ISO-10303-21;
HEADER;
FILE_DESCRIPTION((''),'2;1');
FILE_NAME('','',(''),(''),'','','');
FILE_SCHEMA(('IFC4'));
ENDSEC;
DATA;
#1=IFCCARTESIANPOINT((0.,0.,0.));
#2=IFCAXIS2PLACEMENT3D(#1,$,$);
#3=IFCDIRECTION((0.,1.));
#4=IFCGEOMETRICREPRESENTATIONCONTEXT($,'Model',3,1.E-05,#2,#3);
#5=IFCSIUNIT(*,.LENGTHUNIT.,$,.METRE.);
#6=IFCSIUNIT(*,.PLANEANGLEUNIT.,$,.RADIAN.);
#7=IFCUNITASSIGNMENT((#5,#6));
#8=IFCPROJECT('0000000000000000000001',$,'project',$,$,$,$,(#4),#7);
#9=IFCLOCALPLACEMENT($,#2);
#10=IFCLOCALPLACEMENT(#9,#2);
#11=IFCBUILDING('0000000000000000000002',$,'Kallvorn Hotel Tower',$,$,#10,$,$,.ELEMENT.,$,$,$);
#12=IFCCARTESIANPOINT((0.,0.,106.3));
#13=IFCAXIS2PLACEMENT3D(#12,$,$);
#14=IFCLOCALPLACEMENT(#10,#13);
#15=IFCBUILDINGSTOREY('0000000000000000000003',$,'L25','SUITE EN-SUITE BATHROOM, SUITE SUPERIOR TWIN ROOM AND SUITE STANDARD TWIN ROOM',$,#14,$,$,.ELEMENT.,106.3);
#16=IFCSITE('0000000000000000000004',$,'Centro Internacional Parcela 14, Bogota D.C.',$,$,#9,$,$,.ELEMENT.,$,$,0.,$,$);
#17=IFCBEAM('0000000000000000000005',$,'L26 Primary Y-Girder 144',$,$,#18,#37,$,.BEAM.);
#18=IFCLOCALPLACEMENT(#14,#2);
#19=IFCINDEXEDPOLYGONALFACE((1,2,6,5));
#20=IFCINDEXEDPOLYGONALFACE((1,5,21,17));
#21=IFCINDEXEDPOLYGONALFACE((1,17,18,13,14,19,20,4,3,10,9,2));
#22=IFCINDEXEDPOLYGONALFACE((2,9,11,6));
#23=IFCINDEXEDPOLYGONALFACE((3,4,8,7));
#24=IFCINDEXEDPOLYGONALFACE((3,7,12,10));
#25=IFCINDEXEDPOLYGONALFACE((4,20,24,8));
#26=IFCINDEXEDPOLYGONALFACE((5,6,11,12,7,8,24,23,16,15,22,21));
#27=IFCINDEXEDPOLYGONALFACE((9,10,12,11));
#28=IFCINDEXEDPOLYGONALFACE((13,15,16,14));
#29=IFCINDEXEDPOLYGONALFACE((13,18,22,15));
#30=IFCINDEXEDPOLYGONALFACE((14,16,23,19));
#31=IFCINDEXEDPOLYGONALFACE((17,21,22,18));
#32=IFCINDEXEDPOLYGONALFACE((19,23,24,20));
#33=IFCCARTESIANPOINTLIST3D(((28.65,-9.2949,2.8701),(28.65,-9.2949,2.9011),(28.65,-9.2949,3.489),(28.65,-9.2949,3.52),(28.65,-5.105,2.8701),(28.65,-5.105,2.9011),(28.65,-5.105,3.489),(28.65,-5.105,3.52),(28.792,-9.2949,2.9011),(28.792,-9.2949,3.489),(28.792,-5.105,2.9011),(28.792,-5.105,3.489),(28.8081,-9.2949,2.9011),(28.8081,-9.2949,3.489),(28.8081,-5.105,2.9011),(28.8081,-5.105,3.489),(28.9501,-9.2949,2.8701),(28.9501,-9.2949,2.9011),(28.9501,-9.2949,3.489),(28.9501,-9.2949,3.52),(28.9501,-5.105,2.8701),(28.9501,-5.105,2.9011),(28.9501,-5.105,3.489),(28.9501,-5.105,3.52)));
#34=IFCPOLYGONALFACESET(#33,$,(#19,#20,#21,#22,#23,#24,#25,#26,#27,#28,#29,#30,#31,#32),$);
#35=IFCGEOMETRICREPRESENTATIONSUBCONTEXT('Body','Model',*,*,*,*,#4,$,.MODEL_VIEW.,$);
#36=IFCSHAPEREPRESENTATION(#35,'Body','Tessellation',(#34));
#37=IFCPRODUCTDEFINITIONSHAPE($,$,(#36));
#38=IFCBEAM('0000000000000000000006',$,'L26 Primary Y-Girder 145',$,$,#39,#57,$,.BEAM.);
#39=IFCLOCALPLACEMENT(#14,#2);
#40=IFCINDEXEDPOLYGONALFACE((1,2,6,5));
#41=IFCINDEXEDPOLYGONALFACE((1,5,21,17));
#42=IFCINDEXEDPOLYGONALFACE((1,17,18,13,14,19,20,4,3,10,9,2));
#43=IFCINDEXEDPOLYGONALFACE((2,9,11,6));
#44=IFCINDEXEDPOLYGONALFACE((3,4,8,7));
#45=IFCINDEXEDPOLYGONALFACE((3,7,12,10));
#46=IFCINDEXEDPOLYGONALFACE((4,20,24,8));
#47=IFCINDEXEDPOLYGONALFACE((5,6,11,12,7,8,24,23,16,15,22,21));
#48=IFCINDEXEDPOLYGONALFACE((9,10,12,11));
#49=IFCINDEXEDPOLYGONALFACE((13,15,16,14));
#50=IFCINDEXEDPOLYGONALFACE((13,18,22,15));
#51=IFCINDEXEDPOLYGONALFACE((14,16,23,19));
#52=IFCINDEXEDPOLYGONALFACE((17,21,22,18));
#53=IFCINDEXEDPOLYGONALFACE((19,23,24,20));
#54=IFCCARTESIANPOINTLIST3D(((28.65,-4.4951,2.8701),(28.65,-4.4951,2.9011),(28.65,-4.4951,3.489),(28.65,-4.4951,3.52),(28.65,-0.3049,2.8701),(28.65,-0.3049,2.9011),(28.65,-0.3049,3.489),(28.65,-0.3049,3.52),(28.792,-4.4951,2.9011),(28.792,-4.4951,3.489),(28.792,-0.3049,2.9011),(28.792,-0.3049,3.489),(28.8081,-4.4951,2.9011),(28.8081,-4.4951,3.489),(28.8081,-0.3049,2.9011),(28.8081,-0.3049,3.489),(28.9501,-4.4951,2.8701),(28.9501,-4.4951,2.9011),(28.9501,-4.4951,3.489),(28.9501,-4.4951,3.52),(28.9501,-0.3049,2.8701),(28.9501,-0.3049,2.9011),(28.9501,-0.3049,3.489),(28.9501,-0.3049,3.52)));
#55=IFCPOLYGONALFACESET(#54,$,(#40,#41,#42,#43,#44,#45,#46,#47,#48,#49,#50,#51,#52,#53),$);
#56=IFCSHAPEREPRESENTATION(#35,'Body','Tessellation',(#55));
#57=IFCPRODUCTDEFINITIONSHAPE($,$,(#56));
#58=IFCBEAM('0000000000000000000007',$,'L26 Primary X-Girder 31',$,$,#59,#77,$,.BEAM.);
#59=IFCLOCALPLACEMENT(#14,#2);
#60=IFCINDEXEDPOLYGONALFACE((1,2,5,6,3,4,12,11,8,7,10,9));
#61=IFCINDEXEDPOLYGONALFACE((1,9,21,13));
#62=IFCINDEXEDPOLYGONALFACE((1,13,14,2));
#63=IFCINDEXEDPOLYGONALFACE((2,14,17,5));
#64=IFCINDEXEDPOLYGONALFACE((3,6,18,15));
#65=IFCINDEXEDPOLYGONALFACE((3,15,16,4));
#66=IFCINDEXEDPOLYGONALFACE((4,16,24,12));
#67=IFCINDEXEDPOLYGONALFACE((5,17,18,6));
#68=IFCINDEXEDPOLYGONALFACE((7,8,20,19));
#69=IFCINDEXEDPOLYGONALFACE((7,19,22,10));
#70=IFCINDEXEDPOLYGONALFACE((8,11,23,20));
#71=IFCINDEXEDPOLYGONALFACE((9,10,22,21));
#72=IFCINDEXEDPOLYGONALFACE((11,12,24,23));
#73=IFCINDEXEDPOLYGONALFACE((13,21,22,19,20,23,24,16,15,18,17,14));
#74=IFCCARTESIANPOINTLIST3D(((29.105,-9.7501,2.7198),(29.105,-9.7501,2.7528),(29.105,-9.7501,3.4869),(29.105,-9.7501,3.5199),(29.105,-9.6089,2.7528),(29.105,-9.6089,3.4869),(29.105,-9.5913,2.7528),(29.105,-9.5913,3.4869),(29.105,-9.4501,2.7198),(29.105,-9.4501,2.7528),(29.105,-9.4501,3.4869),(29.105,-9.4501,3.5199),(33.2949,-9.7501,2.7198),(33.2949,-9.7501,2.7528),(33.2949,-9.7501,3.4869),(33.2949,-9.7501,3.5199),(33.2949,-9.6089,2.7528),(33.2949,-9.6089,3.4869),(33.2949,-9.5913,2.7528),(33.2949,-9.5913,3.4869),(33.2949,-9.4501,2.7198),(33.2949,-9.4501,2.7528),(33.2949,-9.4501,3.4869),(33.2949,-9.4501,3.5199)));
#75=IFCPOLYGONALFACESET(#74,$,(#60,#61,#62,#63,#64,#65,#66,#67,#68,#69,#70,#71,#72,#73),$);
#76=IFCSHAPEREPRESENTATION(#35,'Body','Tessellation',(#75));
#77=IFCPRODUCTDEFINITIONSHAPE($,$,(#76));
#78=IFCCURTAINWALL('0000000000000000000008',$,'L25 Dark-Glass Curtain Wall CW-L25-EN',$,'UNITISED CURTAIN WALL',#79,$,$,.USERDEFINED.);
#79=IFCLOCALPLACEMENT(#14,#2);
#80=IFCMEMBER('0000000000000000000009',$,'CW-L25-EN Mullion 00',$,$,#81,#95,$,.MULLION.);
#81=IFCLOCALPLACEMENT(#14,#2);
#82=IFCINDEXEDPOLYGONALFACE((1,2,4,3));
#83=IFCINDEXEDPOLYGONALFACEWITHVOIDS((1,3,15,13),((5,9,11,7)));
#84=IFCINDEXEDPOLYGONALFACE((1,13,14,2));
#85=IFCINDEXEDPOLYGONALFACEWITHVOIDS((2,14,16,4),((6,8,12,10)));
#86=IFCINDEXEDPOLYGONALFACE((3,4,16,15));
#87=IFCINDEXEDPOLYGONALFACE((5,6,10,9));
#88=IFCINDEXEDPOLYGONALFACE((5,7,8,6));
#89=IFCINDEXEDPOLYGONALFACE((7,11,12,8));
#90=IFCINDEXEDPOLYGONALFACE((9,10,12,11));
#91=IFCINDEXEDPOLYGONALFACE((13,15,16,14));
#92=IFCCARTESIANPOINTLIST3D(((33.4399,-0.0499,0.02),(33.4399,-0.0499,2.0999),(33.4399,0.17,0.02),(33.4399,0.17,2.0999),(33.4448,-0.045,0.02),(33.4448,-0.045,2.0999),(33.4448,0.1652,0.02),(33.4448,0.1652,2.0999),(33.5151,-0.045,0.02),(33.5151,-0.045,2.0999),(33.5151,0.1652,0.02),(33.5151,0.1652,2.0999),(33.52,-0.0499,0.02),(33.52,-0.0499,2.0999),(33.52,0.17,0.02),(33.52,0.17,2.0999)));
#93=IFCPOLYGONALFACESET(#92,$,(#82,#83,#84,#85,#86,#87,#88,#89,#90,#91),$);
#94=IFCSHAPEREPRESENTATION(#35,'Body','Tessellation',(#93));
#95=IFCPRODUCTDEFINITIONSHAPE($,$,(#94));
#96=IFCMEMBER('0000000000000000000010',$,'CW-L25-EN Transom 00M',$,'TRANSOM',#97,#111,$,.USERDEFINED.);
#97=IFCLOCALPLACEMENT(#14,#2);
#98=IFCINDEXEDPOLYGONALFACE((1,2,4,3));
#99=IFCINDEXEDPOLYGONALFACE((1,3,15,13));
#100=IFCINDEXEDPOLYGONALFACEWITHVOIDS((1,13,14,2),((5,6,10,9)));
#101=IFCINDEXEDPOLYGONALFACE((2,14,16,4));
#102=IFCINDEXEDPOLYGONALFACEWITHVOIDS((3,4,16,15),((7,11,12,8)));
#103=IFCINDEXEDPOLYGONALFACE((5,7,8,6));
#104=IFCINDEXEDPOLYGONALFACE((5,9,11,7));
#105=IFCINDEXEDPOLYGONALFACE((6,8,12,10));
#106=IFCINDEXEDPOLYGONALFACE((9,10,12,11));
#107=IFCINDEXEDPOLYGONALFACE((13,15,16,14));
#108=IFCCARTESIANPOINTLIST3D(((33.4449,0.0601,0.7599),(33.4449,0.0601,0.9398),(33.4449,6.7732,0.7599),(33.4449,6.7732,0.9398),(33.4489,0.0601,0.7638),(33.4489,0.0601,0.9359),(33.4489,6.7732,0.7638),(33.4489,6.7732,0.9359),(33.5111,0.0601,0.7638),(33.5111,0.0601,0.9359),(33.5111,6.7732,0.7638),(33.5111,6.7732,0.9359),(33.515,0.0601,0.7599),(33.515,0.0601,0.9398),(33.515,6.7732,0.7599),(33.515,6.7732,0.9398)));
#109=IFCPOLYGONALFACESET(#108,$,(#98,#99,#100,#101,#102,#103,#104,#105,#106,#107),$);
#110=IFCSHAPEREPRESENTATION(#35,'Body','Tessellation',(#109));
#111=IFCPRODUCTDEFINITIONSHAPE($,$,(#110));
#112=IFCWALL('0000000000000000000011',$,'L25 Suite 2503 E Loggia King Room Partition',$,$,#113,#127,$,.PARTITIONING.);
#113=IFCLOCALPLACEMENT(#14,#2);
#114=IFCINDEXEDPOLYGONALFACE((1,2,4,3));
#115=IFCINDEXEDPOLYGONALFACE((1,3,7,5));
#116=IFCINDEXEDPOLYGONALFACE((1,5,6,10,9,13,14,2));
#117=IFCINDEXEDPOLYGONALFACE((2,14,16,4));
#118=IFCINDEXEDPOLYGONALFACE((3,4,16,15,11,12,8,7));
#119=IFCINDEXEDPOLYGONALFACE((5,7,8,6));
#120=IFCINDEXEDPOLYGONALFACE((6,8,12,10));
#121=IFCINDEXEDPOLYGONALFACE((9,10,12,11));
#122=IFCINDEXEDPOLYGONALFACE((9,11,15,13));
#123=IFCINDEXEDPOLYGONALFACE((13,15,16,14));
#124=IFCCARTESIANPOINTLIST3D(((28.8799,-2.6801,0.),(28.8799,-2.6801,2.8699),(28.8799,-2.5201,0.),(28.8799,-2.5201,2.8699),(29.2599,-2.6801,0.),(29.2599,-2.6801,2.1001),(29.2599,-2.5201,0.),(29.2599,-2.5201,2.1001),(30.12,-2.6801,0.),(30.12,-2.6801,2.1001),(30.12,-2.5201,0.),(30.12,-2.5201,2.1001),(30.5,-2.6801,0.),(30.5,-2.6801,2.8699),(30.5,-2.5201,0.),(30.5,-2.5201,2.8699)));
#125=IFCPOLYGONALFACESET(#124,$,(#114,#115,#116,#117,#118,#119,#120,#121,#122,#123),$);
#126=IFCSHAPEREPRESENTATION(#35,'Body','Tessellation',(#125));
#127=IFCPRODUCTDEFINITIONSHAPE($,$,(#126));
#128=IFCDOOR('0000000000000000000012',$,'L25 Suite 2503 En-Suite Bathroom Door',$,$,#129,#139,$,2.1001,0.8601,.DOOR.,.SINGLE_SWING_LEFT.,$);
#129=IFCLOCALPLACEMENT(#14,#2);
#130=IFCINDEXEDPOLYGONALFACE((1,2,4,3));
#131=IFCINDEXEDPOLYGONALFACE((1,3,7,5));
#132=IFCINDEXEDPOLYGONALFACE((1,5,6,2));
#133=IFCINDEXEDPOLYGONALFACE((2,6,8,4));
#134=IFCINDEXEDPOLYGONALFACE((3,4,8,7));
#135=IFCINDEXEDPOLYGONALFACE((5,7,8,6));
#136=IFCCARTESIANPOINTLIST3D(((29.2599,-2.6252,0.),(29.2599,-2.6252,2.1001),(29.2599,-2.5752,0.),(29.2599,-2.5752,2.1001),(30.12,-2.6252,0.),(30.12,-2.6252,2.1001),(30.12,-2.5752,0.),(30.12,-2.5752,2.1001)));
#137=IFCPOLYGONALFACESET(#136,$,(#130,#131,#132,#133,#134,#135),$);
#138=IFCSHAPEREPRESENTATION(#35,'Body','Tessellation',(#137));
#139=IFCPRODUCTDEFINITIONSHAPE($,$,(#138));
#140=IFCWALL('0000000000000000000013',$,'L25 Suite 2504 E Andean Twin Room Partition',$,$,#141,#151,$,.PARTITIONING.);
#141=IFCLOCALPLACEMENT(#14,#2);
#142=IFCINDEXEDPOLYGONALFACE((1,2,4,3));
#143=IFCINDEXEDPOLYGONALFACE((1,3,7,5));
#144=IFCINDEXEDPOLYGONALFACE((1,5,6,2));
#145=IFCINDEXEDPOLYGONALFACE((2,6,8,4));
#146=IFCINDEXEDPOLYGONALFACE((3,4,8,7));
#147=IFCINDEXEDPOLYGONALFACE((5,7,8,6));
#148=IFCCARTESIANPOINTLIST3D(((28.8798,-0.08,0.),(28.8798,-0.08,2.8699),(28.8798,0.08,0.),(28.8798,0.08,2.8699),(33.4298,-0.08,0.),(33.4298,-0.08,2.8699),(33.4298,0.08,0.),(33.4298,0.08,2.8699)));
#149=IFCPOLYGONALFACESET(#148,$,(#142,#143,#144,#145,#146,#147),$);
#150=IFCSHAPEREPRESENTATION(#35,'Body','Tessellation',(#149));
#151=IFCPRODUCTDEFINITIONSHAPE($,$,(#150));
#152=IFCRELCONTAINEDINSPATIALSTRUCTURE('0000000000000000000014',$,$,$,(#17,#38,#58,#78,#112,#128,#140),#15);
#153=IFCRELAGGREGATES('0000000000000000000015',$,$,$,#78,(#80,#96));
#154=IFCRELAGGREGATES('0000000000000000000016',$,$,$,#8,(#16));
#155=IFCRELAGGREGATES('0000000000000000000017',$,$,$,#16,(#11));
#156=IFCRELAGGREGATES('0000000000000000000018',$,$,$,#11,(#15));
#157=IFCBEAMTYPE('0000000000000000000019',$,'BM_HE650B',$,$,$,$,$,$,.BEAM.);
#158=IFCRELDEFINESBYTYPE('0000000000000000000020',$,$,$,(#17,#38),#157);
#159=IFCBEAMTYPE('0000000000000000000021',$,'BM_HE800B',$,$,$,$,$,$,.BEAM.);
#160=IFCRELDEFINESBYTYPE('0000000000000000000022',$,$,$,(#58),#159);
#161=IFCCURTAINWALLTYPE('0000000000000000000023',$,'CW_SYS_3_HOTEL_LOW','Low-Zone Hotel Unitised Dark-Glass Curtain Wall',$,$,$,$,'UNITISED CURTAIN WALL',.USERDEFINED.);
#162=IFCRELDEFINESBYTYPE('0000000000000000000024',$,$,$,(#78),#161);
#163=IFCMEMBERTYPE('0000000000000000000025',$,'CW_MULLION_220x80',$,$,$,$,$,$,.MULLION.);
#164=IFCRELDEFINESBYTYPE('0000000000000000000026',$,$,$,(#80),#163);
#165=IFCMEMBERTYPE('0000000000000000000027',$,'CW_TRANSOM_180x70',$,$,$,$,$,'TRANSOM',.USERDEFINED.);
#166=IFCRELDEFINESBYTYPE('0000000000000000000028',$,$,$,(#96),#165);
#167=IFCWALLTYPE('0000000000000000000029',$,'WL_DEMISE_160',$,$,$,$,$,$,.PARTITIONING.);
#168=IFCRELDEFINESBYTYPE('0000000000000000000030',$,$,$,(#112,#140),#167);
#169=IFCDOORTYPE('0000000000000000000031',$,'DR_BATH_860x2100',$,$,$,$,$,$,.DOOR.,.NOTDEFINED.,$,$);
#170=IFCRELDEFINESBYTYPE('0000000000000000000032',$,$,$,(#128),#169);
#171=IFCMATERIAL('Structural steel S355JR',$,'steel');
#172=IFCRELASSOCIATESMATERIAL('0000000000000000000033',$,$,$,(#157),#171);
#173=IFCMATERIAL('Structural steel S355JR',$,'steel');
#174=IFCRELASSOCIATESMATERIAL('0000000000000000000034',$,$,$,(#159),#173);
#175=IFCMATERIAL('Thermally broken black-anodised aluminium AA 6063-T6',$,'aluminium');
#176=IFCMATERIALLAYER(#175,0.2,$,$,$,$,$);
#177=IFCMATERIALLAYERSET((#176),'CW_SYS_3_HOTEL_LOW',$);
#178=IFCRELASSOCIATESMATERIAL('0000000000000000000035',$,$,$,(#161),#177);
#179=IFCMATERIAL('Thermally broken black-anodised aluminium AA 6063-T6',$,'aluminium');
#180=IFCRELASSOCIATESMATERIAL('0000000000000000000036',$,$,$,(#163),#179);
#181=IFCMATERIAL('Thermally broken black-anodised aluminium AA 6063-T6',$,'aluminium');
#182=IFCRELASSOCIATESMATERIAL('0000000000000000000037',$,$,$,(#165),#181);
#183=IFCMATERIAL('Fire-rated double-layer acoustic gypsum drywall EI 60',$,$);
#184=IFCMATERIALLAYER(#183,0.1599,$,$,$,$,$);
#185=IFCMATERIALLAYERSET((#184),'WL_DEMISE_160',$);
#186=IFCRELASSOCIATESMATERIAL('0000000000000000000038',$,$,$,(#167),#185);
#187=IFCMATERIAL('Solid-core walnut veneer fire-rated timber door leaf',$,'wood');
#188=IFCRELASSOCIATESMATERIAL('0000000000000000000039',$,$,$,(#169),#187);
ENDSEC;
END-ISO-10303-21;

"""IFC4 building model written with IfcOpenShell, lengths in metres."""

from ifc_helpers import new_model, si_unit, direction, frame, frame_2d, origin, origin_2d, place, context, subcontext, project, spatial, rectangle, hollow_rectangle, i_section, extrude, material, layer, layer_set, material_profile, profile_set, type_object, element, fill, aggregate, save


model = new_model("IFC4")

# Units and contexts
model_context = context("Model", 3, precision=1e-05, world=origin(), true_north=direction((0.0, 1.0)))
body_context = subcontext(model_context, "Body", "Model", "MODEL_VIEW")
ifc_project = project(units=[si_unit("LENGTHUNIT", "METRE"), si_unit("PLANEANGLEUNIT", "RADIAN")], contexts=[model_context])

# Site, building, storey
site_placement = place(None, origin())
site = spatial("IfcSite", under=ifc_project, at=site_placement, Name="Centro Internacional Parcela 14, Bogota D.C.", CompositionType="ELEMENT", RefElevation=0.0)
building_placement = place(site_placement, origin())
building = spatial("IfcBuilding", under=site, at=building_placement, Name="Kallvorn Hotel Tower", CompositionType="ELEMENT")
storey_placement = place(building_placement, frame((0.0, 0.0, 106.3)))
storey = spatial("IfcBuildingStorey", under=building, at=storey_placement, Name="L25", Description="SUITE EN-SUITE BATHROOM, SUITE SUPERIOR TWIN ROOM AND SUITE STANDARD TWIN ROOM", CompositionType="ELEMENT", Elevation=106.3)

# Beams
ifc_material_1 = material(Name="Structural steel S355JR", Category="steel")
ifc_material_profile_1 = material_profile(ifc_material_1, i_section(OverallWidth=0.3, OverallDepth=0.6499, WebThickness=0.0161, FlangeThickness=0.031, at=origin_2d()), Name="HE 650 B")
ifc_profile_set_1 = profile_set([ifc_material_profile_1], Name="Structural steel S355JR")
beam_type_1 = type_object("IfcBeamType", Name="BM_HE650B", PredefinedType="BEAM", material=ifc_profile_set_1)
beam_1_placement = place(storey_placement, frame((28.8, -9.2949, 3.1951), z_axis=(0.0, 1.0, 0.0), x_axis=(-1.0, 0.0, 0.0)))
element("IfcBeam", 1, at=beam_1_placement, inside=storey, type_object=beam_type_1, Name="L26 Primary Y-Girder 144", PredefinedType="BEAM", context=body_context, shape_type="SweptSolid", body=[
    extrude(i_section(OverallWidth=0.3, OverallDepth=0.6499, WebThickness=0.0161, FlangeThickness=0.031, at=origin_2d()), origin(), (0.0, 0.0, 1.0), 4.1899),
])
beam_2_placement = place(storey_placement, frame((28.8, -4.4951, 3.1951), z_axis=(0.0, 1.0, 0.0), x_axis=(-1.0, 0.0, 0.0)))
element("IfcBeam", 2, at=beam_2_placement, inside=storey, type_object=beam_type_1, Name="L26 Primary Y-Girder 145", PredefinedType="BEAM", context=body_context, shape_type="SweptSolid", body=[
    extrude(i_section(OverallWidth=0.3, OverallDepth=0.6499, WebThickness=0.0161, FlangeThickness=0.031, at=origin_2d()), origin(), (0.0, 0.0, 1.0), 4.1902),
])
ifc_material_2 = material(Name="Structural steel S355JR", Category="steel")
ifc_material_profile_2 = material_profile(ifc_material_2, i_section(OverallWidth=0.3, OverallDepth=0.8, WebThickness=0.0176, FlangeThickness=0.033, at=origin_2d()), Name="HE 800 B")
ifc_profile_set_2 = profile_set([ifc_material_profile_2], Name="Structural steel S355JR")
beam_type_2 = type_object("IfcBeamType", Name="BM_HE800B", PredefinedType="BEAM", material=ifc_profile_set_2)
beam_3_placement = place(storey_placement, frame((29.105, -9.6001, 3.1199), z_axis=(1.0, 0.0, 0.0), x_axis=(0.0, 1.0, 0.0)))
element("IfcBeam", 3, at=beam_3_placement, inside=storey, type_object=beam_type_2, Name="L26 Primary X-Girder 31", PredefinedType="BEAM", context=body_context, shape_type="SweptSolid", body=[
    extrude(i_section(OverallWidth=0.3, OverallDepth=0.8, WebThickness=0.0176, FlangeThickness=0.033, at=origin_2d()), origin(), (0.0, 0.0, 1.0), 4.1899),
])

# Curtain wall, members
ifc_material_3 = material(Name="Thermally broken black-anodised aluminium AA 6063-T6", Category="aluminium")
ifc_layer_1 = layer(ifc_material_3, 0.2)
ifc_layer_set_1 = layer_set([ifc_layer_1], Name="CW_SYS_3_HOTEL_LOW")
curtain_wall_type = type_object("IfcCurtainWallType", Name="CW_SYS_3_HOTEL_LOW", Description="Low-Zone Hotel Unitised Dark-Glass Curtain Wall", ElementType="UNITISED CURTAIN WALL", PredefinedType="USERDEFINED", material=ifc_layer_set_1)
curtain_wall_placement = place(storey_placement, origin())
curtain_wall = element("IfcCurtainWall", 4, at=curtain_wall_placement, inside=storey, type_object=curtain_wall_type, Name="L25 Dark-Glass Curtain Wall CW-L25-EN", ObjectType="UNITISED CURTAIN WALL", PredefinedType="USERDEFINED")
ifc_material_4 = material(Name="Thermally broken black-anodised aluminium AA 6063-T6", Category="aluminium")
ifc_material_profile_3 = material_profile(ifc_material_4, hollow_rectangle(XDim=0.0801, YDim=0.22, WallThickness=0.0049, at=origin_2d()), Name="MUL 220x80")
ifc_profile_set_3 = profile_set([ifc_material_profile_3], Name="Thermally broken black-anodised aluminium AA 6063-T6")
member_type_1 = type_object("IfcMemberType", Name="CW_MULLION_220x80", PredefinedType="MULLION", material=ifc_profile_set_3)
member_1_placement = place(storey_placement, frame((33.48, 0.0601, 0.02), z_axis=(0.0, 0.0, 1.0), x_axis=(1.0, 0.0, 0.0)))
member_1 = element("IfcMember", 5, at=member_1_placement, type_object=member_type_1, Name="CW-L25-EN Mullion 00", PredefinedType="MULLION", context=body_context, shape_type="SweptSolid", body=[
    extrude(hollow_rectangle(XDim=0.0801, YDim=0.22, WallThickness=0.0049, at=origin_2d()), origin(), (0.0, 0.0, 1.0), 2.0798),
])
ifc_material_5 = material(Name="Thermally broken black-anodised aluminium AA 6063-T6", Category="aluminium")
ifc_material_profile_4 = material_profile(ifc_material_5, hollow_rectangle(XDim=0.0701, YDim=0.1799, WallThickness=0.0039, at=origin_2d()), Name="TRN 180x70")
ifc_profile_set_4 = profile_set([ifc_material_profile_4], Name="Thermally broken black-anodised aluminium AA 6063-T6")
member_type_2 = type_object("IfcMemberType", Name="CW_TRANSOM_180x70", ElementType="TRANSOM", PredefinedType="USERDEFINED", material=ifc_profile_set_4)
member_2_placement = place(storey_placement, frame((33.48, 0.0601, 0.8499), z_axis=(0.0, 1.0, 0.0), x_axis=(-1.0, 0.0, 0.0)))
member_2 = element("IfcMember", 6, at=member_2_placement, type_object=member_type_2, Name="CW-L25-EN Transom 00M", ObjectType="TRANSOM", PredefinedType="USERDEFINED", context=body_context, shape_type="SweptSolid", body=[
    extrude(hollow_rectangle(XDim=0.0701, YDim=0.1799, WallThickness=0.0039, at=origin_2d()), origin(), (0.0, 0.0, 1.0), 6.7131),
])
aggregate(curtain_wall, [member_1, member_2])

# Wall, opening, door
ifc_material_6 = material(Name="Fire-rated double-layer acoustic gypsum drywall EI 60")
ifc_layer_2 = layer(ifc_material_6, 0.1599)
ifc_layer_set_2 = layer_set([ifc_layer_2], Name="WL_DEMISE_160")
wall_type = type_object("IfcWallType", Name="WL_DEMISE_160", PredefinedType="PARTITIONING", material=ifc_layer_set_2)
wall_1_placement = place(storey_placement, frame((28.8799, -2.6001, 0.0), z_axis=(0.0, 0.0, 1.0), x_axis=(1.0, 0.0, 0.0)))
wall_1 = element("IfcWall", 7, at=wall_1_placement, inside=storey, type_object=wall_type, Name="L25 Suite 2503 E Loggia King Room Partition", PredefinedType="PARTITIONING", context=body_context, shape_type="SweptSolid", body=[
    extrude(rectangle(XDim=1.6201, YDim=0.1599, at=frame_2d((0.8101, 0.0))), origin(), (0.0, 0.0, 1.0), 2.8699),
])
opening_1_placement = place(wall_1_placement, frame((0.3799, 0.0, 0.0)))
opening_1 = element("IfcOpeningElement", 8, at=opening_1_placement, cuts=wall_1, PredefinedType="OPENING", context=body_context, shape_type="SweptSolid", body=[
    extrude(rectangle(XDim=0.8601, YDim=2.1001, at=frame_2d((0.4302, 1.05))), frame((0.0, 0.095, 0.0), z_axis=(0.0, -1.0, 0.0), x_axis=(1.0, 0.0, 0.0)), (0.0, 0.0, 1.0), 0.1899),
])
ifc_material_7 = material(Name="Solid-core walnut veneer fire-rated timber door leaf", Category="wood")
door_type_1 = type_object("IfcDoorType", Name="DR_BATH_860x2100", OperationType="NOTDEFINED", PredefinedType="DOOR", material=ifc_material_7)
door_1_placement = place(opening_1_placement, origin())
door_1 = element("IfcDoor", 9, at=door_1_placement, inside=storey, type_object=door_type_1, Name="L25 Suite 2503 En-Suite Bathroom Door", OperationType="SINGLE_SWING_LEFT", OverallHeight=2.1001, OverallWidth=0.8601, PredefinedType="DOOR", context=body_context, shape_type="SweptSolid", body=[
    extrude(rectangle(XDim=0.8601, YDim=2.1001, at=frame_2d((0.4302, 1.05))), frame((0.0, 0.0249, 0.0), z_axis=(0.0, -1.0, 0.0), x_axis=(1.0, 0.0, 0.0)), (0.0, 0.0, 1.0), 0.05),
])
fill(opening_1, door_1)

# Wall
wall_2_placement = place(storey_placement, frame((28.8799, 0.0, 0.0), z_axis=(0.0, 0.0, 1.0), x_axis=(1.0, 0.0, 0.0)))
element("IfcWall", 10, at=wall_2_placement, inside=storey, type_object=wall_type, Name="L25 Suite 2504 E Andean Twin Room Partition", PredefinedType="PARTITIONING", context=body_context, shape_type="SweptSolid", body=[
    extrude(rectangle(XDim=4.55, YDim=0.1599, at=frame_2d((2.2749, 0.0))), origin(), (0.0, 0.0, 1.0), 2.8699),
])

save(model, "model.ifc")
